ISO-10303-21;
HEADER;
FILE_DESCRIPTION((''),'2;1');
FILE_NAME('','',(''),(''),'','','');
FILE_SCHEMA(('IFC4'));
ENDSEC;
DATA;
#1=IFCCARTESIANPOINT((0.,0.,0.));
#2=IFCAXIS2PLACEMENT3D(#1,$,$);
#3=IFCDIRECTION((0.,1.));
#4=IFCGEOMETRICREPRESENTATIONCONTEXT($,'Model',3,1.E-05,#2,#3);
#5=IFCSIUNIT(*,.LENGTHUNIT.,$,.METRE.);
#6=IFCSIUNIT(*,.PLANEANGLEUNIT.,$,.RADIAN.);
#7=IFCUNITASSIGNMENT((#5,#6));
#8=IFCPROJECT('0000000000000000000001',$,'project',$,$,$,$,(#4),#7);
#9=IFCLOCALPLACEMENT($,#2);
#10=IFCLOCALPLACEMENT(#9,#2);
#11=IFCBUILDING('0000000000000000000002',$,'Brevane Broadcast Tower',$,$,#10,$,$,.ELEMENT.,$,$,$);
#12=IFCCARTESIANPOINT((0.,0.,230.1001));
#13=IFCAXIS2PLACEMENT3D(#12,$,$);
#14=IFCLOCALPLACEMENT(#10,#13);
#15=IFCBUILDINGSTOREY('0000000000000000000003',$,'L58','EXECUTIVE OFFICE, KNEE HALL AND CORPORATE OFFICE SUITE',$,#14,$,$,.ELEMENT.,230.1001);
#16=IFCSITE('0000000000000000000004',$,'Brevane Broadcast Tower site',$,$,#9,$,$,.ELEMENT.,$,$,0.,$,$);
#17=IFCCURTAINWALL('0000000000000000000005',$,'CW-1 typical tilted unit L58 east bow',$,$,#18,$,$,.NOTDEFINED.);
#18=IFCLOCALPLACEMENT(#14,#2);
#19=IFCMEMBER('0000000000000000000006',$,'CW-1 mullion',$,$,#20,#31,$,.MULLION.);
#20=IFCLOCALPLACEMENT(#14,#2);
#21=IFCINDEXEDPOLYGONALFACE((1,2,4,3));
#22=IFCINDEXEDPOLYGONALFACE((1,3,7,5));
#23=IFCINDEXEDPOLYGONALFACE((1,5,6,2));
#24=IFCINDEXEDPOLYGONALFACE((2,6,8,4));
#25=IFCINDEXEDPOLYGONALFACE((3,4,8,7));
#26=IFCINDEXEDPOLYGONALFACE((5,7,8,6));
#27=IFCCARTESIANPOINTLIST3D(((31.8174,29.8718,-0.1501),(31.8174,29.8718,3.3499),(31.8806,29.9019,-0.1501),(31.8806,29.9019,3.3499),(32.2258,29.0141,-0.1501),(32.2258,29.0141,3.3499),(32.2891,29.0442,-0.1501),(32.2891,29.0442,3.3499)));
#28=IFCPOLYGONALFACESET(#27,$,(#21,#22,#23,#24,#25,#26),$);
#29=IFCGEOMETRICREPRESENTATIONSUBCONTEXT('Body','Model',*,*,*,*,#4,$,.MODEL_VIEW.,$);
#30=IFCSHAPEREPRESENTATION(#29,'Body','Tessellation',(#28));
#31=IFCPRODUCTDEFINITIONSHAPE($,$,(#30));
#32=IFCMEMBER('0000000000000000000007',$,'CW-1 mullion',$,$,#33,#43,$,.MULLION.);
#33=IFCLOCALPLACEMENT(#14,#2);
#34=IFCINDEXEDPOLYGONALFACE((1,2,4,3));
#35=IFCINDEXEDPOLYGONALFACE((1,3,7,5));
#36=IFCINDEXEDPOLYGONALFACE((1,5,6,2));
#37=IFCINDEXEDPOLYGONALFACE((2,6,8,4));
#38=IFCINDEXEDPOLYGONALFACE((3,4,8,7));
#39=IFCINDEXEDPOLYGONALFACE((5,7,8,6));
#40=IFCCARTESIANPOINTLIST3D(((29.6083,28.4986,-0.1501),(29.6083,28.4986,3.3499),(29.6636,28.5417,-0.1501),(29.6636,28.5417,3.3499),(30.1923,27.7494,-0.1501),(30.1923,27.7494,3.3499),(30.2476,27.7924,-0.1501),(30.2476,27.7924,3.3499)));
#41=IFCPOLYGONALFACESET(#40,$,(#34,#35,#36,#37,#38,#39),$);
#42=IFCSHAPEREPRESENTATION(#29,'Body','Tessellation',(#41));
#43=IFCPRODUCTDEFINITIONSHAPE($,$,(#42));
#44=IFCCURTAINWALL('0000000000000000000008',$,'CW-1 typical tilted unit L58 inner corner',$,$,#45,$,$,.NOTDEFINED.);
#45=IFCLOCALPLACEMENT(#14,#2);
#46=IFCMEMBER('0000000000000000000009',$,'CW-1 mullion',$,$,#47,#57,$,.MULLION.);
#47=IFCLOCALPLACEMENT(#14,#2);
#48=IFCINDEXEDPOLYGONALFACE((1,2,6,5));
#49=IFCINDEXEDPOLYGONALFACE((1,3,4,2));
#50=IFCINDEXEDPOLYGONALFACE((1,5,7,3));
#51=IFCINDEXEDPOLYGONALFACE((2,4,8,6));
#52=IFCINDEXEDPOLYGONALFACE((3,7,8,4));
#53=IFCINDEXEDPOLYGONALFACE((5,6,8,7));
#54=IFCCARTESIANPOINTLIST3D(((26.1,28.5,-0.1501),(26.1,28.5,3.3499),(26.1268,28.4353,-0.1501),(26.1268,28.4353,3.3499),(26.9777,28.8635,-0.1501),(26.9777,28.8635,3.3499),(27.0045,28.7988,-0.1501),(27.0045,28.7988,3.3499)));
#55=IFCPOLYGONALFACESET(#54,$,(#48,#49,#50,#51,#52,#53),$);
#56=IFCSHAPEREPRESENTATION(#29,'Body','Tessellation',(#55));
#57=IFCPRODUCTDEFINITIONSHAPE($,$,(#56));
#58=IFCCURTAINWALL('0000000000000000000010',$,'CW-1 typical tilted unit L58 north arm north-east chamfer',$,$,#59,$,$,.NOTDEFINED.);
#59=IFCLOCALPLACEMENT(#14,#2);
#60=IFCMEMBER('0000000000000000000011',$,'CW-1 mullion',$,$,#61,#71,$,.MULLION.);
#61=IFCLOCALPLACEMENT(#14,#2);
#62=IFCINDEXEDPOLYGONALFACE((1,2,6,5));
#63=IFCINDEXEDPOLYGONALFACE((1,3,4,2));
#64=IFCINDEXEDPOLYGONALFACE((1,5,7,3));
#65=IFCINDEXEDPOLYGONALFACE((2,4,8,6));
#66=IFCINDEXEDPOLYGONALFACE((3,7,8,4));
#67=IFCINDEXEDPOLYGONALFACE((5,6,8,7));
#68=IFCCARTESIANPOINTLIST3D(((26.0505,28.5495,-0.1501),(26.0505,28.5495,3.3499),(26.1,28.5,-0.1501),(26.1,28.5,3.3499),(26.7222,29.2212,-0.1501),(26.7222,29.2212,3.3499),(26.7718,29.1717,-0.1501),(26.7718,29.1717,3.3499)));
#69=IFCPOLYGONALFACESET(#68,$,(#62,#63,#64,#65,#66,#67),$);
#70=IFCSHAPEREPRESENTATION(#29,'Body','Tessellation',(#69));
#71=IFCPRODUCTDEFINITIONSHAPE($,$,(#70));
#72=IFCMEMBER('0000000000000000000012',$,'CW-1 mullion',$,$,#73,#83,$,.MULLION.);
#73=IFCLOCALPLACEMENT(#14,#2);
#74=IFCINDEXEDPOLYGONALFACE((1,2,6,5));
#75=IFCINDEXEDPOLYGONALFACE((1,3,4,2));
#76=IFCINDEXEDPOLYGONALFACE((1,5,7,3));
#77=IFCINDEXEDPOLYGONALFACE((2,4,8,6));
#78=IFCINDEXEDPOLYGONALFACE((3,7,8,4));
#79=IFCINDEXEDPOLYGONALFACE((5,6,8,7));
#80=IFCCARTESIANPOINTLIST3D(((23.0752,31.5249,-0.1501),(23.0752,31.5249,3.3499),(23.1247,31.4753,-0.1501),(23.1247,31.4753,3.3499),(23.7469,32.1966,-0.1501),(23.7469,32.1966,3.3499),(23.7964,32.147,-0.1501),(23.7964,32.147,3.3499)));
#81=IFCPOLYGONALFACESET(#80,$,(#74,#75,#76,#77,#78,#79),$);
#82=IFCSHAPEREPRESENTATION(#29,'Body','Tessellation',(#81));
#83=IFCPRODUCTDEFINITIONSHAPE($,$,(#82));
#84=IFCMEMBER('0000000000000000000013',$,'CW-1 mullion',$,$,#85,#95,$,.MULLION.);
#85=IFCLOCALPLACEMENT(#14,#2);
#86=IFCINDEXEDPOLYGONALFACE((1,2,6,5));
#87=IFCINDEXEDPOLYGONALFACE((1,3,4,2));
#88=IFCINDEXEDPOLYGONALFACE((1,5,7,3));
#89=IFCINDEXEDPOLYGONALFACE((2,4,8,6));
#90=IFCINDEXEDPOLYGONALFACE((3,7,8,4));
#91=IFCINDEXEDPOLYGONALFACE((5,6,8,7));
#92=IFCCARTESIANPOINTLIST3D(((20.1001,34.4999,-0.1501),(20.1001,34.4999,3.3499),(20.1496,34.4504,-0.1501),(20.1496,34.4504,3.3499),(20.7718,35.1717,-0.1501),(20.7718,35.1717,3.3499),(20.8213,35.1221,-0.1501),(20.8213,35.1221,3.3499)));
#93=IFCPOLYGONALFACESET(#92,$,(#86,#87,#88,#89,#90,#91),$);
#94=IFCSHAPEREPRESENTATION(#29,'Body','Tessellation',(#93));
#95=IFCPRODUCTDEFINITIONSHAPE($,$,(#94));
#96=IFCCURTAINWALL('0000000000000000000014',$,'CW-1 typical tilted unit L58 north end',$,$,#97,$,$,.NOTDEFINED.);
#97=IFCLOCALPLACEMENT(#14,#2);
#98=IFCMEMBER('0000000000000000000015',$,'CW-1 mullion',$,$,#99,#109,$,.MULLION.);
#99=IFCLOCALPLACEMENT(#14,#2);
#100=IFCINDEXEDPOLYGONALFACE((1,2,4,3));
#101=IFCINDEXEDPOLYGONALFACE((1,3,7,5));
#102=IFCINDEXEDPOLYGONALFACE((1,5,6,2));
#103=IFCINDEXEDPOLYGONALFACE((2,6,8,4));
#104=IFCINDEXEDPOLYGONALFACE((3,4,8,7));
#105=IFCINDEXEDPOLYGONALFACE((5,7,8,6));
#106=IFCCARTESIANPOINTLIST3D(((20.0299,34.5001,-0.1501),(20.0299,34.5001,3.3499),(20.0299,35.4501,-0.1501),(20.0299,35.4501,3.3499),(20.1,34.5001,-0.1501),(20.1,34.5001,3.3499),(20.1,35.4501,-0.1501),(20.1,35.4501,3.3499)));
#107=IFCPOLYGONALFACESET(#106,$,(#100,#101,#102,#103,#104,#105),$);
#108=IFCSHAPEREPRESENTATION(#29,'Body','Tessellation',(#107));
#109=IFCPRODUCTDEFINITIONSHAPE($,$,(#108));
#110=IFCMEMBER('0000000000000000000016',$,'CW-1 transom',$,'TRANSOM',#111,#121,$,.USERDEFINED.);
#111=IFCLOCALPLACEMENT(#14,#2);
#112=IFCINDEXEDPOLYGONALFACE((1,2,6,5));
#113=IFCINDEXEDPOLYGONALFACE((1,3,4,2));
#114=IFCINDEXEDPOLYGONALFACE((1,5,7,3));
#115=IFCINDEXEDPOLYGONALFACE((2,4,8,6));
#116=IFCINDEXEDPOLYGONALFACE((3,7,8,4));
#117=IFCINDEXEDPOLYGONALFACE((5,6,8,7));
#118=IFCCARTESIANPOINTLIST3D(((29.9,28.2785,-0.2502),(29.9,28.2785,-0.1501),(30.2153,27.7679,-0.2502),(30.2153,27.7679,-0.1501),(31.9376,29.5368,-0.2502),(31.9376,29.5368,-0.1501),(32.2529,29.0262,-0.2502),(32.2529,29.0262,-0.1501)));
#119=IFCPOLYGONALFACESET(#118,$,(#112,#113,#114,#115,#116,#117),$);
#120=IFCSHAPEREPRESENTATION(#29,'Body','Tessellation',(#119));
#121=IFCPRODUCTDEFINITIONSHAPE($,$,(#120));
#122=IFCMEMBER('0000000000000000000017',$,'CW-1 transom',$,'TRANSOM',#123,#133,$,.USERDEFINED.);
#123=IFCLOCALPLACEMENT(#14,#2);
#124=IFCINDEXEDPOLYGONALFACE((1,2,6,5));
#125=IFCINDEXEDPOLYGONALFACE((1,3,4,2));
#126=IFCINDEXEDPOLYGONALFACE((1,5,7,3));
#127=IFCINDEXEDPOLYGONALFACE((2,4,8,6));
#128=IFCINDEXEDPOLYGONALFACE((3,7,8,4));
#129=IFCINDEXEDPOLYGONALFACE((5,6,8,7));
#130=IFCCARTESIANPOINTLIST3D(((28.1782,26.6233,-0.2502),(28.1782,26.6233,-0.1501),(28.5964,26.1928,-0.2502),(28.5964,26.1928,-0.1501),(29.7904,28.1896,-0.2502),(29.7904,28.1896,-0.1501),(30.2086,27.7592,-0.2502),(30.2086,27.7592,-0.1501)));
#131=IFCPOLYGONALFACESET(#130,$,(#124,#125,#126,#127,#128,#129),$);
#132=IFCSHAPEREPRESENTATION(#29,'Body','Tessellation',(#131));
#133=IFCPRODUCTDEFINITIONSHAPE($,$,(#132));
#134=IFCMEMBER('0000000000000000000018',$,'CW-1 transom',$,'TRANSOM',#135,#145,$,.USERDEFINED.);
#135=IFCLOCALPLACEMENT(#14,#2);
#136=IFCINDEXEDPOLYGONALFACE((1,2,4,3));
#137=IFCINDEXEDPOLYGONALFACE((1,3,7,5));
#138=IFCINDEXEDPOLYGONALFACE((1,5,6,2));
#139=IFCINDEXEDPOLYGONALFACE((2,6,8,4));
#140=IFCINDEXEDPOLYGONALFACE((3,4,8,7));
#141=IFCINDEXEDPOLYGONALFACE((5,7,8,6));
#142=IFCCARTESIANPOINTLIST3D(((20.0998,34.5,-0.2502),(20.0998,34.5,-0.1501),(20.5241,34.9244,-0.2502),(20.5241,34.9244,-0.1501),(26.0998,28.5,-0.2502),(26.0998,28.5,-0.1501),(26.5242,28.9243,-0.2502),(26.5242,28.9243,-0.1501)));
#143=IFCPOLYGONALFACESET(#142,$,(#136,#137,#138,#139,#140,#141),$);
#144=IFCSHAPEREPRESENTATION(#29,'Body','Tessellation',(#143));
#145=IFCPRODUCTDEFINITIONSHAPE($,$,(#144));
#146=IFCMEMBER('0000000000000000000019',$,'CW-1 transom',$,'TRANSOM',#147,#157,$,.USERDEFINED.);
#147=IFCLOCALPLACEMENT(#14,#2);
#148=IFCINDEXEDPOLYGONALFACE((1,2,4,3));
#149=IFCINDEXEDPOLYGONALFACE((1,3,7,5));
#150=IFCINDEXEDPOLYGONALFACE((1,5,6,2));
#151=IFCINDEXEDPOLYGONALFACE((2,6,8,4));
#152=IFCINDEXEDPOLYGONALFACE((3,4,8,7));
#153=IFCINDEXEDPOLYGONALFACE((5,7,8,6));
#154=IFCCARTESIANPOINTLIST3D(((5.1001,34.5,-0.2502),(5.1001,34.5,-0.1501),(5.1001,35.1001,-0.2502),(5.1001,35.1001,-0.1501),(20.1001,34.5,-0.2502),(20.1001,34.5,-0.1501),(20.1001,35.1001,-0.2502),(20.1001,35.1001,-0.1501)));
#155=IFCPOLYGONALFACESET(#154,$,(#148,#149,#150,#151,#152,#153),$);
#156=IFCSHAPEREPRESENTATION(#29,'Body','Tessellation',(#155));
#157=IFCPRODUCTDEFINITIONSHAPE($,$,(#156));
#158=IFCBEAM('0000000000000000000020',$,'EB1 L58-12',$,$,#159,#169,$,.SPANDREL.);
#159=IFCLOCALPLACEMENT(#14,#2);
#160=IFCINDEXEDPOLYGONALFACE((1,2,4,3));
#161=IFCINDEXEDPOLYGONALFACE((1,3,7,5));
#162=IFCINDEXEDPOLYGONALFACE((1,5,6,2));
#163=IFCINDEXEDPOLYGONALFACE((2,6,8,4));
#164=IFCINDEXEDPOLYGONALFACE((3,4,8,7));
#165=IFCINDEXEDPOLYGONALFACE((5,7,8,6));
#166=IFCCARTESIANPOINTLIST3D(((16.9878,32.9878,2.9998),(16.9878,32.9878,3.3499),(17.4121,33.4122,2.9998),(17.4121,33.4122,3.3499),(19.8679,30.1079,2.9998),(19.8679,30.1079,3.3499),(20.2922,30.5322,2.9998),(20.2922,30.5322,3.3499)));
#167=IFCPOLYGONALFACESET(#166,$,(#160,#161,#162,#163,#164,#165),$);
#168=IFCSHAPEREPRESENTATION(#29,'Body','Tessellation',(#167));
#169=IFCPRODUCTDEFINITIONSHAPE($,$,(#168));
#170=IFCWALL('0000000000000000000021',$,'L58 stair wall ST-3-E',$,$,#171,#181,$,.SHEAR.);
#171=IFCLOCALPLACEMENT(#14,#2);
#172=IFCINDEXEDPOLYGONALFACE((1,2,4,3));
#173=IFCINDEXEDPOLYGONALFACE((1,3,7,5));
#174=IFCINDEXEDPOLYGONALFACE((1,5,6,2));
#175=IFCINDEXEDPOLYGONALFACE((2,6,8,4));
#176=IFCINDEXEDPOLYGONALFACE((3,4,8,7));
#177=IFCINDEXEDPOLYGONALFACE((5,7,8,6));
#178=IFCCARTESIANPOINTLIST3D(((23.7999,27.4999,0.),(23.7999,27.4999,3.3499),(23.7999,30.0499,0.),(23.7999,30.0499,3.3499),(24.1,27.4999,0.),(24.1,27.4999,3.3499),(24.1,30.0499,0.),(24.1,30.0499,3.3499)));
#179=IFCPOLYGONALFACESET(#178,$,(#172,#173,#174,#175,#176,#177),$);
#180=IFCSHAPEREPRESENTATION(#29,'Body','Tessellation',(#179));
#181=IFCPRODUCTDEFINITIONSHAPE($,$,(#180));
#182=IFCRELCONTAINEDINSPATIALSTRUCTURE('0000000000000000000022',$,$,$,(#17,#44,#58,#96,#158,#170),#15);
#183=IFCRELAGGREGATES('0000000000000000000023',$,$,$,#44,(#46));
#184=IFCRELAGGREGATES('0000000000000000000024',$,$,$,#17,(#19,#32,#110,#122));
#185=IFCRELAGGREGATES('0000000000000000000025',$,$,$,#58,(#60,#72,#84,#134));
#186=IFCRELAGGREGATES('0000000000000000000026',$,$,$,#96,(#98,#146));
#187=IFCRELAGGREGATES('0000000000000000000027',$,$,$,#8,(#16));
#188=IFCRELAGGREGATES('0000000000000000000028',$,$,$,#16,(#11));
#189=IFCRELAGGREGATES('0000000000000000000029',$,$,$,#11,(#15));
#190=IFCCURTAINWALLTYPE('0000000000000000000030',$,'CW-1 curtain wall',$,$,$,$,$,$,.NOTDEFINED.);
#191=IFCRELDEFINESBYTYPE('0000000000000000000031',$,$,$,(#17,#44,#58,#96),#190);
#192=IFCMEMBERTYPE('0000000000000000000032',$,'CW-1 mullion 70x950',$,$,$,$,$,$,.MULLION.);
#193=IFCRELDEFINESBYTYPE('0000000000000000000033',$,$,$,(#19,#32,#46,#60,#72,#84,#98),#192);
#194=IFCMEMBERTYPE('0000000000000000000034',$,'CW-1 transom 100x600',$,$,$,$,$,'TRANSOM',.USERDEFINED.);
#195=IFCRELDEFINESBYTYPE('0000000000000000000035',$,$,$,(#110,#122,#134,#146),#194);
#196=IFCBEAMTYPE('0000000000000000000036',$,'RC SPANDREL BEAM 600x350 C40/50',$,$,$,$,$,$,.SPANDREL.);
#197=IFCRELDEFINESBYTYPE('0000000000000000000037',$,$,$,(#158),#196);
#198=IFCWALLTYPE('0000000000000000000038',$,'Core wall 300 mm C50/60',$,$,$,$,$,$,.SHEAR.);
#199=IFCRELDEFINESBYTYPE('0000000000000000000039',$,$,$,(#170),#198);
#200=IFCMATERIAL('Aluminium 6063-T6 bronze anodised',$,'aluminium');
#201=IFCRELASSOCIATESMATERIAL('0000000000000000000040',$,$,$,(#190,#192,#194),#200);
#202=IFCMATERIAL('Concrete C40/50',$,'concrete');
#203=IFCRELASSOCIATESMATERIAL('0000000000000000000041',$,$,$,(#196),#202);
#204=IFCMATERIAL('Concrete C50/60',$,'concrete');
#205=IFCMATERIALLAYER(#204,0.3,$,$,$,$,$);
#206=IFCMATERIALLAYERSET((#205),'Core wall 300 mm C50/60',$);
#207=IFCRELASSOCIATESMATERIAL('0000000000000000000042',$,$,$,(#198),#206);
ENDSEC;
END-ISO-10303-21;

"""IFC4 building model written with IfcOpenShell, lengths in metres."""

from ifc_helpers import new_model, si_unit, direction, frame, frame_2d, origin, origin_2d, place, context, subcontext, project, spatial, rectangle, extrude, material, layer, layer_set, material_profile, profile_set, type_object, element, aggregate, save


model = new_model("IFC4")

# Units and contexts
model_context = context("Model", 3, precision=1e-05, world=origin(), true_north=direction((0.0, 1.0)))
body_context = subcontext(model_context, "Body", "Model", "MODEL_VIEW")
ifc_project = project(units=[si_unit("LENGTHUNIT", "METRE"), si_unit("PLANEANGLEUNIT", "RADIAN")], contexts=[model_context])

# Site, building, storey
site_placement = place(None, origin())
site = spatial("IfcSite", under=ifc_project, at=site_placement, Name="Brevane Broadcast Tower site", CompositionType="ELEMENT", RefElevation=0.0)
building_placement = place(site_placement, origin())
building = spatial("IfcBuilding", under=site, at=building_placement, Name="Brevane Broadcast Tower", CompositionType="ELEMENT")
storey_placement = place(building_placement, frame((0.0, 0.0, 230.1001)))
storey = spatial("IfcBuildingStorey", under=building, at=storey_placement, Name="L58", Description="EXECUTIVE OFFICE, KNEE HALL AND CORPORATE OFFICE SUITE", CompositionType="ELEMENT", Elevation=230.1001)

# Curtain wall, members
ifc_material_1 = material(Name="Aluminium 6063-T6 bronze anodised", Category="aluminium")
curtain_wall_type = type_object("IfcCurtainWallType", Name="CW-1 curtain wall", PredefinedType="NOTDEFINED", material=ifc_material_1)
curtain_wall_1_placement = place(storey_placement, origin())
curtain_wall_1 = element("IfcCurtainWall", 1, at=curtain_wall_1_placement, inside=storey, type_object=curtain_wall_type, Name="CW-1 typical tilted unit L58 east bow", PredefinedType="NOTDEFINED")
ifc_material_profile_1 = material_profile(ifc_material_1, rectangle(XDim=0.95, YDim=0.0701, at=origin_2d()), Name="RECT 70x950")
ifc_profile_set_1 = profile_set([ifc_material_profile_1], Name="Aluminium 6063-T6 bronze anodised")
member_type_1 = type_object("IfcMemberType", Name="CW-1 mullion 70x950", PredefinedType="MULLION", material=ifc_profile_set_1)
member_1_placement = place(storey_placement, frame((32.0532, 29.458, -0.1501), z_axis=(0.0, 0.0, 1.0), x_axis=(0.429934, -0.902861, 0.0)))
member_1 = element("IfcMember", 2, at=member_1_placement, type_object=member_type_1, Name="CW-1 mullion", PredefinedType="MULLION", context=body_context, shape_type="SweptSolid", body=[
    extrude(rectangle(XDim=0.95, YDim=0.0701, at=origin_2d()), origin(), (0.0, 0.0, 1.0), 3.5),
])
member_2_placement = place(storey_placement, frame((29.928, 28.1455, -0.1501), z_axis=(0.0, 0.0, 1.0), x_axis=(0.61477, -0.788707, 0.0)))
member_2 = element("IfcMember", 3, at=member_2_placement, type_object=member_type_1, Name="CW-1 mullion", PredefinedType="MULLION", context=body_context, shape_type="SweptSolid", body=[
    extrude(rectangle(XDim=0.95, YDim=0.0701, at=origin_2d()), origin(), (0.0, 0.0, 1.0), 3.5),
])

# Curtain wall, member
curtain_wall_2_placement = place(storey_placement, origin())
curtain_wall_2 = element("IfcCurtainWall", 4, at=curtain_wall_2_placement, inside=storey, type_object=curtain_wall_type, Name="CW-1 typical tilted unit L58 inner corner", PredefinedType="NOTDEFINED")
member_3_placement = place(storey_placement, frame((26.5522, 28.6494, -0.1501), z_axis=(0.0, 0.0, 1.0), x_axis=(-0.92388, -0.382683, 0.0)))
member_3 = element("IfcMember", 5, at=member_3_placement, type_object=member_type_1, Name="CW-1 mullion", PredefinedType="MULLION", context=body_context, shape_type="SweptSolid", body=[
    extrude(rectangle(XDim=0.95, YDim=0.0701, at=origin_2d()), origin(), (0.0, 0.0, 1.0), 3.5),
])
aggregate(curtain_wall_2, [member_3])

# Curtain wall, members
curtain_wall_3_placement = place(storey_placement, origin())
curtain_wall_3 = element("IfcCurtainWall", 6, at=curtain_wall_3_placement, inside=storey, type_object=curtain_wall_type, Name="CW-1 typical tilted unit L58 north arm north-east chamfer", PredefinedType="NOTDEFINED")
member_4_placement = place(storey_placement, frame((26.4111, 28.8606, -0.1501), z_axis=(0.0, 0.0, 1.0), x_axis=(-0.707107, -0.707107, 0.0)))
member_4 = element("IfcMember", 7, at=member_4_placement, type_object=member_type_1, Name="CW-1 mullion", PredefinedType="MULLION", context=body_context, shape_type="SweptSolid", body=[
    extrude(rectangle(XDim=0.95, YDim=0.0701, at=origin_2d()), origin(), (0.0, 0.0, 1.0), 3.5),
])
member_5_placement = place(storey_placement, frame((23.4358, 31.8359, -0.1501), z_axis=(0.0, 0.0, 1.0), x_axis=(-0.707107, -0.707107, 0.0)))
member_5 = element("IfcMember", 8, at=member_5_placement, type_object=member_type_1, Name="CW-1 mullion", PredefinedType="MULLION", context=body_context, shape_type="SweptSolid", body=[
    extrude(rectangle(XDim=0.95, YDim=0.0701, at=origin_2d()), origin(), (0.0, 0.0, 1.0), 3.5),
])
member_6_placement = place(storey_placement, frame((20.4607, 34.811, -0.1501), z_axis=(0.0, 0.0, 1.0), x_axis=(-0.707107, -0.707107, 0.0)))
member_6 = element("IfcMember", 9, at=member_6_placement, type_object=member_type_1, Name="CW-1 mullion", PredefinedType="MULLION", context=body_context, shape_type="SweptSolid", body=[
    extrude(rectangle(XDim=0.95, YDim=0.0701, at=origin_2d()), origin(), (0.0, 0.0, 1.0), 3.5),
])

# Curtain wall, member
curtain_wall_4_placement = place(storey_placement, origin())
curtain_wall_4 = element("IfcCurtainWall", 10, at=curtain_wall_4_placement, inside=storey, type_object=curtain_wall_type, Name="CW-1 typical tilted unit L58 north end", PredefinedType="NOTDEFINED")
member_7_placement = place(storey_placement, frame((20.0649, 34.9751, -0.1501), z_axis=(0.0, 0.0, 1.0), x_axis=(0.0, -1.0, 0.0)))
member_7 = element("IfcMember", 11, at=member_7_placement, type_object=member_type_1, Name="CW-1 mullion", PredefinedType="MULLION", context=body_context, shape_type="SweptSolid", body=[
    extrude(rectangle(XDim=0.95, YDim=0.0701, at=origin_2d()), origin(), (0.0, 0.0, 1.0), 3.5),
])

# Members
ifc_material_profile_2 = material_profile(ifc_material_1, rectangle(XDim=0.6001, YDim=0.1001, at=origin_2d()), Name="RECT 100x600")
ifc_profile_set_2 = profile_set([ifc_material_profile_2], Name="Aluminium 6063-T6 bronze anodised")
member_type_2 = type_object("IfcMemberType", Name="CW-1 transom 100x600", ElementType="TRANSOM", PredefinedType="USERDEFINED", material=ifc_profile_set_2)
member_8_placement = place(storey_placement, frame((32.0952, 29.2815, -0.2002), z_axis=(-0.850838, -0.525428, 0.0), x_axis=(0.525428, -0.850838, 0.0)))
member_8 = element("IfcMember", 12, at=member_8_placement, type_object=member_type_2, Name="CW-1 transom", ObjectType="TRANSOM", PredefinedType="USERDEFINED", context=body_context, shape_type="SweptSolid", body=[
    extrude(rectangle(XDim=0.6001, YDim=0.1001, at=origin_2d()), origin(), (0.0, 0.0, 1.0), 2.3948),
])
member_9_placement = place(storey_placement, frame((29.9995, 27.9744, -0.2002), z_axis=(-0.717242, -0.696824, 0.0), x_axis=(0.696824, -0.717242, 0.0)))
member_9 = element("IfcMember", 13, at=member_9_placement, type_object=member_type_2, Name="CW-1 transom", ObjectType="TRANSOM", PredefinedType="USERDEFINED", context=body_context, shape_type="SweptSolid", body=[
    extrude(rectangle(XDim=0.6001, YDim=0.1001, at=origin_2d()), origin(), (0.0, 0.0, 1.0), 2.2478),
])
aggregate(curtain_wall_1, [member_1, member_2, member_8, member_9])
member_10_placement = place(storey_placement, frame((26.312, 28.7122, -0.2002), z_axis=(-0.707107, 0.707107, 0.0), x_axis=(-0.707107, -0.707107, 0.0)))
member_10 = element("IfcMember", 14, at=member_10_placement, type_object=member_type_2, Name="CW-1 transom", ObjectType="TRANSOM", PredefinedType="USERDEFINED", context=body_context, shape_type="SweptSolid", body=[
    extrude(rectangle(XDim=0.6001, YDim=0.1001, at=origin_2d()), origin(), (0.0, 0.0, 1.0), 8.4854),
])
aggregate(curtain_wall_3, [member_4, member_5, member_6, member_10])
member_11_placement = place(storey_placement, frame((20.1001, 34.8, -0.2002), z_axis=(-1.0, 0.0, 0.0), x_axis=(0.0, -1.0, 0.0)))
member_11 = element("IfcMember", 15, at=member_11_placement, type_object=member_type_2, Name="CW-1 transom", ObjectType="TRANSOM", PredefinedType="USERDEFINED", context=body_context, shape_type="SweptSolid", body=[
    extrude(rectangle(XDim=0.6001, YDim=0.1001, at=origin_2d()), origin(), (0.0, 0.0, 1.0), 15.0),
])
aggregate(curtain_wall_4, [member_7, member_11])

# Beam
ifc_material_2 = material(Name="Concrete C40/50", Category="concrete")
ifc_material_profile_3 = material_profile(ifc_material_2, rectangle(XDim=0.6001, YDim=0.3501, at=origin_2d()), Name="RC 600x350")
ifc_profile_set_3 = profile_set([ifc_material_profile_3], Name="Concrete C40/50")
beam_type = type_object("IfcBeamType", Name="RC SPANDREL BEAM 600x350 C40/50", PredefinedType="SPANDREL", material=ifc_profile_set_3)
beam_placement = place(storey_placement, frame((20.0801, 30.3201, 3.1748), z_axis=(-0.707137, 0.707077, 0.0), x_axis=(-0.707077, -0.707137, 0.0)))
element("IfcBeam", 16, at=beam_placement, inside=storey, type_object=beam_type, Name="EB1 L58-12", PredefinedType="SPANDREL", context=body_context, shape_type="SweptSolid", body=[
    extrude(rectangle(XDim=0.6001, YDim=0.3501, at=origin_2d()), origin(), (0.0, 0.0, 1.0), 4.073),
])

# Wall
ifc_material_3 = material(Name="Concrete C50/60", Category="concrete")
ifc_layer_1 = layer(ifc_material_3, 0.3)
ifc_layer_set_1 = layer_set([ifc_layer_1], Name="Core wall 300 mm C50/60")
wall_type_1 = type_object("IfcWallType", Name="Core wall 300 mm C50/60", PredefinedType="SHEAR", material=ifc_layer_set_1)
wall_1_placement = place(storey_placement, frame((23.95, 27.5, 0.0), z_axis=(0.0, 0.0, 1.0), x_axis=(0.0, 1.0, 0.0)))
element("IfcWall", 17, at=wall_1_placement, inside=storey, type_object=wall_type_1, Name="L58 stair wall ST-3-E", PredefinedType="SHEAR", context=body_context, shape_type="SweptSolid", body=[
    extrude(rectangle(XDim=2.55, YDim=0.3, at=frame_2d((1.2749, 0.0))), origin(), (0.0, 0.0, 1.0), 3.3499),
])

save(model, "model.ifc")
